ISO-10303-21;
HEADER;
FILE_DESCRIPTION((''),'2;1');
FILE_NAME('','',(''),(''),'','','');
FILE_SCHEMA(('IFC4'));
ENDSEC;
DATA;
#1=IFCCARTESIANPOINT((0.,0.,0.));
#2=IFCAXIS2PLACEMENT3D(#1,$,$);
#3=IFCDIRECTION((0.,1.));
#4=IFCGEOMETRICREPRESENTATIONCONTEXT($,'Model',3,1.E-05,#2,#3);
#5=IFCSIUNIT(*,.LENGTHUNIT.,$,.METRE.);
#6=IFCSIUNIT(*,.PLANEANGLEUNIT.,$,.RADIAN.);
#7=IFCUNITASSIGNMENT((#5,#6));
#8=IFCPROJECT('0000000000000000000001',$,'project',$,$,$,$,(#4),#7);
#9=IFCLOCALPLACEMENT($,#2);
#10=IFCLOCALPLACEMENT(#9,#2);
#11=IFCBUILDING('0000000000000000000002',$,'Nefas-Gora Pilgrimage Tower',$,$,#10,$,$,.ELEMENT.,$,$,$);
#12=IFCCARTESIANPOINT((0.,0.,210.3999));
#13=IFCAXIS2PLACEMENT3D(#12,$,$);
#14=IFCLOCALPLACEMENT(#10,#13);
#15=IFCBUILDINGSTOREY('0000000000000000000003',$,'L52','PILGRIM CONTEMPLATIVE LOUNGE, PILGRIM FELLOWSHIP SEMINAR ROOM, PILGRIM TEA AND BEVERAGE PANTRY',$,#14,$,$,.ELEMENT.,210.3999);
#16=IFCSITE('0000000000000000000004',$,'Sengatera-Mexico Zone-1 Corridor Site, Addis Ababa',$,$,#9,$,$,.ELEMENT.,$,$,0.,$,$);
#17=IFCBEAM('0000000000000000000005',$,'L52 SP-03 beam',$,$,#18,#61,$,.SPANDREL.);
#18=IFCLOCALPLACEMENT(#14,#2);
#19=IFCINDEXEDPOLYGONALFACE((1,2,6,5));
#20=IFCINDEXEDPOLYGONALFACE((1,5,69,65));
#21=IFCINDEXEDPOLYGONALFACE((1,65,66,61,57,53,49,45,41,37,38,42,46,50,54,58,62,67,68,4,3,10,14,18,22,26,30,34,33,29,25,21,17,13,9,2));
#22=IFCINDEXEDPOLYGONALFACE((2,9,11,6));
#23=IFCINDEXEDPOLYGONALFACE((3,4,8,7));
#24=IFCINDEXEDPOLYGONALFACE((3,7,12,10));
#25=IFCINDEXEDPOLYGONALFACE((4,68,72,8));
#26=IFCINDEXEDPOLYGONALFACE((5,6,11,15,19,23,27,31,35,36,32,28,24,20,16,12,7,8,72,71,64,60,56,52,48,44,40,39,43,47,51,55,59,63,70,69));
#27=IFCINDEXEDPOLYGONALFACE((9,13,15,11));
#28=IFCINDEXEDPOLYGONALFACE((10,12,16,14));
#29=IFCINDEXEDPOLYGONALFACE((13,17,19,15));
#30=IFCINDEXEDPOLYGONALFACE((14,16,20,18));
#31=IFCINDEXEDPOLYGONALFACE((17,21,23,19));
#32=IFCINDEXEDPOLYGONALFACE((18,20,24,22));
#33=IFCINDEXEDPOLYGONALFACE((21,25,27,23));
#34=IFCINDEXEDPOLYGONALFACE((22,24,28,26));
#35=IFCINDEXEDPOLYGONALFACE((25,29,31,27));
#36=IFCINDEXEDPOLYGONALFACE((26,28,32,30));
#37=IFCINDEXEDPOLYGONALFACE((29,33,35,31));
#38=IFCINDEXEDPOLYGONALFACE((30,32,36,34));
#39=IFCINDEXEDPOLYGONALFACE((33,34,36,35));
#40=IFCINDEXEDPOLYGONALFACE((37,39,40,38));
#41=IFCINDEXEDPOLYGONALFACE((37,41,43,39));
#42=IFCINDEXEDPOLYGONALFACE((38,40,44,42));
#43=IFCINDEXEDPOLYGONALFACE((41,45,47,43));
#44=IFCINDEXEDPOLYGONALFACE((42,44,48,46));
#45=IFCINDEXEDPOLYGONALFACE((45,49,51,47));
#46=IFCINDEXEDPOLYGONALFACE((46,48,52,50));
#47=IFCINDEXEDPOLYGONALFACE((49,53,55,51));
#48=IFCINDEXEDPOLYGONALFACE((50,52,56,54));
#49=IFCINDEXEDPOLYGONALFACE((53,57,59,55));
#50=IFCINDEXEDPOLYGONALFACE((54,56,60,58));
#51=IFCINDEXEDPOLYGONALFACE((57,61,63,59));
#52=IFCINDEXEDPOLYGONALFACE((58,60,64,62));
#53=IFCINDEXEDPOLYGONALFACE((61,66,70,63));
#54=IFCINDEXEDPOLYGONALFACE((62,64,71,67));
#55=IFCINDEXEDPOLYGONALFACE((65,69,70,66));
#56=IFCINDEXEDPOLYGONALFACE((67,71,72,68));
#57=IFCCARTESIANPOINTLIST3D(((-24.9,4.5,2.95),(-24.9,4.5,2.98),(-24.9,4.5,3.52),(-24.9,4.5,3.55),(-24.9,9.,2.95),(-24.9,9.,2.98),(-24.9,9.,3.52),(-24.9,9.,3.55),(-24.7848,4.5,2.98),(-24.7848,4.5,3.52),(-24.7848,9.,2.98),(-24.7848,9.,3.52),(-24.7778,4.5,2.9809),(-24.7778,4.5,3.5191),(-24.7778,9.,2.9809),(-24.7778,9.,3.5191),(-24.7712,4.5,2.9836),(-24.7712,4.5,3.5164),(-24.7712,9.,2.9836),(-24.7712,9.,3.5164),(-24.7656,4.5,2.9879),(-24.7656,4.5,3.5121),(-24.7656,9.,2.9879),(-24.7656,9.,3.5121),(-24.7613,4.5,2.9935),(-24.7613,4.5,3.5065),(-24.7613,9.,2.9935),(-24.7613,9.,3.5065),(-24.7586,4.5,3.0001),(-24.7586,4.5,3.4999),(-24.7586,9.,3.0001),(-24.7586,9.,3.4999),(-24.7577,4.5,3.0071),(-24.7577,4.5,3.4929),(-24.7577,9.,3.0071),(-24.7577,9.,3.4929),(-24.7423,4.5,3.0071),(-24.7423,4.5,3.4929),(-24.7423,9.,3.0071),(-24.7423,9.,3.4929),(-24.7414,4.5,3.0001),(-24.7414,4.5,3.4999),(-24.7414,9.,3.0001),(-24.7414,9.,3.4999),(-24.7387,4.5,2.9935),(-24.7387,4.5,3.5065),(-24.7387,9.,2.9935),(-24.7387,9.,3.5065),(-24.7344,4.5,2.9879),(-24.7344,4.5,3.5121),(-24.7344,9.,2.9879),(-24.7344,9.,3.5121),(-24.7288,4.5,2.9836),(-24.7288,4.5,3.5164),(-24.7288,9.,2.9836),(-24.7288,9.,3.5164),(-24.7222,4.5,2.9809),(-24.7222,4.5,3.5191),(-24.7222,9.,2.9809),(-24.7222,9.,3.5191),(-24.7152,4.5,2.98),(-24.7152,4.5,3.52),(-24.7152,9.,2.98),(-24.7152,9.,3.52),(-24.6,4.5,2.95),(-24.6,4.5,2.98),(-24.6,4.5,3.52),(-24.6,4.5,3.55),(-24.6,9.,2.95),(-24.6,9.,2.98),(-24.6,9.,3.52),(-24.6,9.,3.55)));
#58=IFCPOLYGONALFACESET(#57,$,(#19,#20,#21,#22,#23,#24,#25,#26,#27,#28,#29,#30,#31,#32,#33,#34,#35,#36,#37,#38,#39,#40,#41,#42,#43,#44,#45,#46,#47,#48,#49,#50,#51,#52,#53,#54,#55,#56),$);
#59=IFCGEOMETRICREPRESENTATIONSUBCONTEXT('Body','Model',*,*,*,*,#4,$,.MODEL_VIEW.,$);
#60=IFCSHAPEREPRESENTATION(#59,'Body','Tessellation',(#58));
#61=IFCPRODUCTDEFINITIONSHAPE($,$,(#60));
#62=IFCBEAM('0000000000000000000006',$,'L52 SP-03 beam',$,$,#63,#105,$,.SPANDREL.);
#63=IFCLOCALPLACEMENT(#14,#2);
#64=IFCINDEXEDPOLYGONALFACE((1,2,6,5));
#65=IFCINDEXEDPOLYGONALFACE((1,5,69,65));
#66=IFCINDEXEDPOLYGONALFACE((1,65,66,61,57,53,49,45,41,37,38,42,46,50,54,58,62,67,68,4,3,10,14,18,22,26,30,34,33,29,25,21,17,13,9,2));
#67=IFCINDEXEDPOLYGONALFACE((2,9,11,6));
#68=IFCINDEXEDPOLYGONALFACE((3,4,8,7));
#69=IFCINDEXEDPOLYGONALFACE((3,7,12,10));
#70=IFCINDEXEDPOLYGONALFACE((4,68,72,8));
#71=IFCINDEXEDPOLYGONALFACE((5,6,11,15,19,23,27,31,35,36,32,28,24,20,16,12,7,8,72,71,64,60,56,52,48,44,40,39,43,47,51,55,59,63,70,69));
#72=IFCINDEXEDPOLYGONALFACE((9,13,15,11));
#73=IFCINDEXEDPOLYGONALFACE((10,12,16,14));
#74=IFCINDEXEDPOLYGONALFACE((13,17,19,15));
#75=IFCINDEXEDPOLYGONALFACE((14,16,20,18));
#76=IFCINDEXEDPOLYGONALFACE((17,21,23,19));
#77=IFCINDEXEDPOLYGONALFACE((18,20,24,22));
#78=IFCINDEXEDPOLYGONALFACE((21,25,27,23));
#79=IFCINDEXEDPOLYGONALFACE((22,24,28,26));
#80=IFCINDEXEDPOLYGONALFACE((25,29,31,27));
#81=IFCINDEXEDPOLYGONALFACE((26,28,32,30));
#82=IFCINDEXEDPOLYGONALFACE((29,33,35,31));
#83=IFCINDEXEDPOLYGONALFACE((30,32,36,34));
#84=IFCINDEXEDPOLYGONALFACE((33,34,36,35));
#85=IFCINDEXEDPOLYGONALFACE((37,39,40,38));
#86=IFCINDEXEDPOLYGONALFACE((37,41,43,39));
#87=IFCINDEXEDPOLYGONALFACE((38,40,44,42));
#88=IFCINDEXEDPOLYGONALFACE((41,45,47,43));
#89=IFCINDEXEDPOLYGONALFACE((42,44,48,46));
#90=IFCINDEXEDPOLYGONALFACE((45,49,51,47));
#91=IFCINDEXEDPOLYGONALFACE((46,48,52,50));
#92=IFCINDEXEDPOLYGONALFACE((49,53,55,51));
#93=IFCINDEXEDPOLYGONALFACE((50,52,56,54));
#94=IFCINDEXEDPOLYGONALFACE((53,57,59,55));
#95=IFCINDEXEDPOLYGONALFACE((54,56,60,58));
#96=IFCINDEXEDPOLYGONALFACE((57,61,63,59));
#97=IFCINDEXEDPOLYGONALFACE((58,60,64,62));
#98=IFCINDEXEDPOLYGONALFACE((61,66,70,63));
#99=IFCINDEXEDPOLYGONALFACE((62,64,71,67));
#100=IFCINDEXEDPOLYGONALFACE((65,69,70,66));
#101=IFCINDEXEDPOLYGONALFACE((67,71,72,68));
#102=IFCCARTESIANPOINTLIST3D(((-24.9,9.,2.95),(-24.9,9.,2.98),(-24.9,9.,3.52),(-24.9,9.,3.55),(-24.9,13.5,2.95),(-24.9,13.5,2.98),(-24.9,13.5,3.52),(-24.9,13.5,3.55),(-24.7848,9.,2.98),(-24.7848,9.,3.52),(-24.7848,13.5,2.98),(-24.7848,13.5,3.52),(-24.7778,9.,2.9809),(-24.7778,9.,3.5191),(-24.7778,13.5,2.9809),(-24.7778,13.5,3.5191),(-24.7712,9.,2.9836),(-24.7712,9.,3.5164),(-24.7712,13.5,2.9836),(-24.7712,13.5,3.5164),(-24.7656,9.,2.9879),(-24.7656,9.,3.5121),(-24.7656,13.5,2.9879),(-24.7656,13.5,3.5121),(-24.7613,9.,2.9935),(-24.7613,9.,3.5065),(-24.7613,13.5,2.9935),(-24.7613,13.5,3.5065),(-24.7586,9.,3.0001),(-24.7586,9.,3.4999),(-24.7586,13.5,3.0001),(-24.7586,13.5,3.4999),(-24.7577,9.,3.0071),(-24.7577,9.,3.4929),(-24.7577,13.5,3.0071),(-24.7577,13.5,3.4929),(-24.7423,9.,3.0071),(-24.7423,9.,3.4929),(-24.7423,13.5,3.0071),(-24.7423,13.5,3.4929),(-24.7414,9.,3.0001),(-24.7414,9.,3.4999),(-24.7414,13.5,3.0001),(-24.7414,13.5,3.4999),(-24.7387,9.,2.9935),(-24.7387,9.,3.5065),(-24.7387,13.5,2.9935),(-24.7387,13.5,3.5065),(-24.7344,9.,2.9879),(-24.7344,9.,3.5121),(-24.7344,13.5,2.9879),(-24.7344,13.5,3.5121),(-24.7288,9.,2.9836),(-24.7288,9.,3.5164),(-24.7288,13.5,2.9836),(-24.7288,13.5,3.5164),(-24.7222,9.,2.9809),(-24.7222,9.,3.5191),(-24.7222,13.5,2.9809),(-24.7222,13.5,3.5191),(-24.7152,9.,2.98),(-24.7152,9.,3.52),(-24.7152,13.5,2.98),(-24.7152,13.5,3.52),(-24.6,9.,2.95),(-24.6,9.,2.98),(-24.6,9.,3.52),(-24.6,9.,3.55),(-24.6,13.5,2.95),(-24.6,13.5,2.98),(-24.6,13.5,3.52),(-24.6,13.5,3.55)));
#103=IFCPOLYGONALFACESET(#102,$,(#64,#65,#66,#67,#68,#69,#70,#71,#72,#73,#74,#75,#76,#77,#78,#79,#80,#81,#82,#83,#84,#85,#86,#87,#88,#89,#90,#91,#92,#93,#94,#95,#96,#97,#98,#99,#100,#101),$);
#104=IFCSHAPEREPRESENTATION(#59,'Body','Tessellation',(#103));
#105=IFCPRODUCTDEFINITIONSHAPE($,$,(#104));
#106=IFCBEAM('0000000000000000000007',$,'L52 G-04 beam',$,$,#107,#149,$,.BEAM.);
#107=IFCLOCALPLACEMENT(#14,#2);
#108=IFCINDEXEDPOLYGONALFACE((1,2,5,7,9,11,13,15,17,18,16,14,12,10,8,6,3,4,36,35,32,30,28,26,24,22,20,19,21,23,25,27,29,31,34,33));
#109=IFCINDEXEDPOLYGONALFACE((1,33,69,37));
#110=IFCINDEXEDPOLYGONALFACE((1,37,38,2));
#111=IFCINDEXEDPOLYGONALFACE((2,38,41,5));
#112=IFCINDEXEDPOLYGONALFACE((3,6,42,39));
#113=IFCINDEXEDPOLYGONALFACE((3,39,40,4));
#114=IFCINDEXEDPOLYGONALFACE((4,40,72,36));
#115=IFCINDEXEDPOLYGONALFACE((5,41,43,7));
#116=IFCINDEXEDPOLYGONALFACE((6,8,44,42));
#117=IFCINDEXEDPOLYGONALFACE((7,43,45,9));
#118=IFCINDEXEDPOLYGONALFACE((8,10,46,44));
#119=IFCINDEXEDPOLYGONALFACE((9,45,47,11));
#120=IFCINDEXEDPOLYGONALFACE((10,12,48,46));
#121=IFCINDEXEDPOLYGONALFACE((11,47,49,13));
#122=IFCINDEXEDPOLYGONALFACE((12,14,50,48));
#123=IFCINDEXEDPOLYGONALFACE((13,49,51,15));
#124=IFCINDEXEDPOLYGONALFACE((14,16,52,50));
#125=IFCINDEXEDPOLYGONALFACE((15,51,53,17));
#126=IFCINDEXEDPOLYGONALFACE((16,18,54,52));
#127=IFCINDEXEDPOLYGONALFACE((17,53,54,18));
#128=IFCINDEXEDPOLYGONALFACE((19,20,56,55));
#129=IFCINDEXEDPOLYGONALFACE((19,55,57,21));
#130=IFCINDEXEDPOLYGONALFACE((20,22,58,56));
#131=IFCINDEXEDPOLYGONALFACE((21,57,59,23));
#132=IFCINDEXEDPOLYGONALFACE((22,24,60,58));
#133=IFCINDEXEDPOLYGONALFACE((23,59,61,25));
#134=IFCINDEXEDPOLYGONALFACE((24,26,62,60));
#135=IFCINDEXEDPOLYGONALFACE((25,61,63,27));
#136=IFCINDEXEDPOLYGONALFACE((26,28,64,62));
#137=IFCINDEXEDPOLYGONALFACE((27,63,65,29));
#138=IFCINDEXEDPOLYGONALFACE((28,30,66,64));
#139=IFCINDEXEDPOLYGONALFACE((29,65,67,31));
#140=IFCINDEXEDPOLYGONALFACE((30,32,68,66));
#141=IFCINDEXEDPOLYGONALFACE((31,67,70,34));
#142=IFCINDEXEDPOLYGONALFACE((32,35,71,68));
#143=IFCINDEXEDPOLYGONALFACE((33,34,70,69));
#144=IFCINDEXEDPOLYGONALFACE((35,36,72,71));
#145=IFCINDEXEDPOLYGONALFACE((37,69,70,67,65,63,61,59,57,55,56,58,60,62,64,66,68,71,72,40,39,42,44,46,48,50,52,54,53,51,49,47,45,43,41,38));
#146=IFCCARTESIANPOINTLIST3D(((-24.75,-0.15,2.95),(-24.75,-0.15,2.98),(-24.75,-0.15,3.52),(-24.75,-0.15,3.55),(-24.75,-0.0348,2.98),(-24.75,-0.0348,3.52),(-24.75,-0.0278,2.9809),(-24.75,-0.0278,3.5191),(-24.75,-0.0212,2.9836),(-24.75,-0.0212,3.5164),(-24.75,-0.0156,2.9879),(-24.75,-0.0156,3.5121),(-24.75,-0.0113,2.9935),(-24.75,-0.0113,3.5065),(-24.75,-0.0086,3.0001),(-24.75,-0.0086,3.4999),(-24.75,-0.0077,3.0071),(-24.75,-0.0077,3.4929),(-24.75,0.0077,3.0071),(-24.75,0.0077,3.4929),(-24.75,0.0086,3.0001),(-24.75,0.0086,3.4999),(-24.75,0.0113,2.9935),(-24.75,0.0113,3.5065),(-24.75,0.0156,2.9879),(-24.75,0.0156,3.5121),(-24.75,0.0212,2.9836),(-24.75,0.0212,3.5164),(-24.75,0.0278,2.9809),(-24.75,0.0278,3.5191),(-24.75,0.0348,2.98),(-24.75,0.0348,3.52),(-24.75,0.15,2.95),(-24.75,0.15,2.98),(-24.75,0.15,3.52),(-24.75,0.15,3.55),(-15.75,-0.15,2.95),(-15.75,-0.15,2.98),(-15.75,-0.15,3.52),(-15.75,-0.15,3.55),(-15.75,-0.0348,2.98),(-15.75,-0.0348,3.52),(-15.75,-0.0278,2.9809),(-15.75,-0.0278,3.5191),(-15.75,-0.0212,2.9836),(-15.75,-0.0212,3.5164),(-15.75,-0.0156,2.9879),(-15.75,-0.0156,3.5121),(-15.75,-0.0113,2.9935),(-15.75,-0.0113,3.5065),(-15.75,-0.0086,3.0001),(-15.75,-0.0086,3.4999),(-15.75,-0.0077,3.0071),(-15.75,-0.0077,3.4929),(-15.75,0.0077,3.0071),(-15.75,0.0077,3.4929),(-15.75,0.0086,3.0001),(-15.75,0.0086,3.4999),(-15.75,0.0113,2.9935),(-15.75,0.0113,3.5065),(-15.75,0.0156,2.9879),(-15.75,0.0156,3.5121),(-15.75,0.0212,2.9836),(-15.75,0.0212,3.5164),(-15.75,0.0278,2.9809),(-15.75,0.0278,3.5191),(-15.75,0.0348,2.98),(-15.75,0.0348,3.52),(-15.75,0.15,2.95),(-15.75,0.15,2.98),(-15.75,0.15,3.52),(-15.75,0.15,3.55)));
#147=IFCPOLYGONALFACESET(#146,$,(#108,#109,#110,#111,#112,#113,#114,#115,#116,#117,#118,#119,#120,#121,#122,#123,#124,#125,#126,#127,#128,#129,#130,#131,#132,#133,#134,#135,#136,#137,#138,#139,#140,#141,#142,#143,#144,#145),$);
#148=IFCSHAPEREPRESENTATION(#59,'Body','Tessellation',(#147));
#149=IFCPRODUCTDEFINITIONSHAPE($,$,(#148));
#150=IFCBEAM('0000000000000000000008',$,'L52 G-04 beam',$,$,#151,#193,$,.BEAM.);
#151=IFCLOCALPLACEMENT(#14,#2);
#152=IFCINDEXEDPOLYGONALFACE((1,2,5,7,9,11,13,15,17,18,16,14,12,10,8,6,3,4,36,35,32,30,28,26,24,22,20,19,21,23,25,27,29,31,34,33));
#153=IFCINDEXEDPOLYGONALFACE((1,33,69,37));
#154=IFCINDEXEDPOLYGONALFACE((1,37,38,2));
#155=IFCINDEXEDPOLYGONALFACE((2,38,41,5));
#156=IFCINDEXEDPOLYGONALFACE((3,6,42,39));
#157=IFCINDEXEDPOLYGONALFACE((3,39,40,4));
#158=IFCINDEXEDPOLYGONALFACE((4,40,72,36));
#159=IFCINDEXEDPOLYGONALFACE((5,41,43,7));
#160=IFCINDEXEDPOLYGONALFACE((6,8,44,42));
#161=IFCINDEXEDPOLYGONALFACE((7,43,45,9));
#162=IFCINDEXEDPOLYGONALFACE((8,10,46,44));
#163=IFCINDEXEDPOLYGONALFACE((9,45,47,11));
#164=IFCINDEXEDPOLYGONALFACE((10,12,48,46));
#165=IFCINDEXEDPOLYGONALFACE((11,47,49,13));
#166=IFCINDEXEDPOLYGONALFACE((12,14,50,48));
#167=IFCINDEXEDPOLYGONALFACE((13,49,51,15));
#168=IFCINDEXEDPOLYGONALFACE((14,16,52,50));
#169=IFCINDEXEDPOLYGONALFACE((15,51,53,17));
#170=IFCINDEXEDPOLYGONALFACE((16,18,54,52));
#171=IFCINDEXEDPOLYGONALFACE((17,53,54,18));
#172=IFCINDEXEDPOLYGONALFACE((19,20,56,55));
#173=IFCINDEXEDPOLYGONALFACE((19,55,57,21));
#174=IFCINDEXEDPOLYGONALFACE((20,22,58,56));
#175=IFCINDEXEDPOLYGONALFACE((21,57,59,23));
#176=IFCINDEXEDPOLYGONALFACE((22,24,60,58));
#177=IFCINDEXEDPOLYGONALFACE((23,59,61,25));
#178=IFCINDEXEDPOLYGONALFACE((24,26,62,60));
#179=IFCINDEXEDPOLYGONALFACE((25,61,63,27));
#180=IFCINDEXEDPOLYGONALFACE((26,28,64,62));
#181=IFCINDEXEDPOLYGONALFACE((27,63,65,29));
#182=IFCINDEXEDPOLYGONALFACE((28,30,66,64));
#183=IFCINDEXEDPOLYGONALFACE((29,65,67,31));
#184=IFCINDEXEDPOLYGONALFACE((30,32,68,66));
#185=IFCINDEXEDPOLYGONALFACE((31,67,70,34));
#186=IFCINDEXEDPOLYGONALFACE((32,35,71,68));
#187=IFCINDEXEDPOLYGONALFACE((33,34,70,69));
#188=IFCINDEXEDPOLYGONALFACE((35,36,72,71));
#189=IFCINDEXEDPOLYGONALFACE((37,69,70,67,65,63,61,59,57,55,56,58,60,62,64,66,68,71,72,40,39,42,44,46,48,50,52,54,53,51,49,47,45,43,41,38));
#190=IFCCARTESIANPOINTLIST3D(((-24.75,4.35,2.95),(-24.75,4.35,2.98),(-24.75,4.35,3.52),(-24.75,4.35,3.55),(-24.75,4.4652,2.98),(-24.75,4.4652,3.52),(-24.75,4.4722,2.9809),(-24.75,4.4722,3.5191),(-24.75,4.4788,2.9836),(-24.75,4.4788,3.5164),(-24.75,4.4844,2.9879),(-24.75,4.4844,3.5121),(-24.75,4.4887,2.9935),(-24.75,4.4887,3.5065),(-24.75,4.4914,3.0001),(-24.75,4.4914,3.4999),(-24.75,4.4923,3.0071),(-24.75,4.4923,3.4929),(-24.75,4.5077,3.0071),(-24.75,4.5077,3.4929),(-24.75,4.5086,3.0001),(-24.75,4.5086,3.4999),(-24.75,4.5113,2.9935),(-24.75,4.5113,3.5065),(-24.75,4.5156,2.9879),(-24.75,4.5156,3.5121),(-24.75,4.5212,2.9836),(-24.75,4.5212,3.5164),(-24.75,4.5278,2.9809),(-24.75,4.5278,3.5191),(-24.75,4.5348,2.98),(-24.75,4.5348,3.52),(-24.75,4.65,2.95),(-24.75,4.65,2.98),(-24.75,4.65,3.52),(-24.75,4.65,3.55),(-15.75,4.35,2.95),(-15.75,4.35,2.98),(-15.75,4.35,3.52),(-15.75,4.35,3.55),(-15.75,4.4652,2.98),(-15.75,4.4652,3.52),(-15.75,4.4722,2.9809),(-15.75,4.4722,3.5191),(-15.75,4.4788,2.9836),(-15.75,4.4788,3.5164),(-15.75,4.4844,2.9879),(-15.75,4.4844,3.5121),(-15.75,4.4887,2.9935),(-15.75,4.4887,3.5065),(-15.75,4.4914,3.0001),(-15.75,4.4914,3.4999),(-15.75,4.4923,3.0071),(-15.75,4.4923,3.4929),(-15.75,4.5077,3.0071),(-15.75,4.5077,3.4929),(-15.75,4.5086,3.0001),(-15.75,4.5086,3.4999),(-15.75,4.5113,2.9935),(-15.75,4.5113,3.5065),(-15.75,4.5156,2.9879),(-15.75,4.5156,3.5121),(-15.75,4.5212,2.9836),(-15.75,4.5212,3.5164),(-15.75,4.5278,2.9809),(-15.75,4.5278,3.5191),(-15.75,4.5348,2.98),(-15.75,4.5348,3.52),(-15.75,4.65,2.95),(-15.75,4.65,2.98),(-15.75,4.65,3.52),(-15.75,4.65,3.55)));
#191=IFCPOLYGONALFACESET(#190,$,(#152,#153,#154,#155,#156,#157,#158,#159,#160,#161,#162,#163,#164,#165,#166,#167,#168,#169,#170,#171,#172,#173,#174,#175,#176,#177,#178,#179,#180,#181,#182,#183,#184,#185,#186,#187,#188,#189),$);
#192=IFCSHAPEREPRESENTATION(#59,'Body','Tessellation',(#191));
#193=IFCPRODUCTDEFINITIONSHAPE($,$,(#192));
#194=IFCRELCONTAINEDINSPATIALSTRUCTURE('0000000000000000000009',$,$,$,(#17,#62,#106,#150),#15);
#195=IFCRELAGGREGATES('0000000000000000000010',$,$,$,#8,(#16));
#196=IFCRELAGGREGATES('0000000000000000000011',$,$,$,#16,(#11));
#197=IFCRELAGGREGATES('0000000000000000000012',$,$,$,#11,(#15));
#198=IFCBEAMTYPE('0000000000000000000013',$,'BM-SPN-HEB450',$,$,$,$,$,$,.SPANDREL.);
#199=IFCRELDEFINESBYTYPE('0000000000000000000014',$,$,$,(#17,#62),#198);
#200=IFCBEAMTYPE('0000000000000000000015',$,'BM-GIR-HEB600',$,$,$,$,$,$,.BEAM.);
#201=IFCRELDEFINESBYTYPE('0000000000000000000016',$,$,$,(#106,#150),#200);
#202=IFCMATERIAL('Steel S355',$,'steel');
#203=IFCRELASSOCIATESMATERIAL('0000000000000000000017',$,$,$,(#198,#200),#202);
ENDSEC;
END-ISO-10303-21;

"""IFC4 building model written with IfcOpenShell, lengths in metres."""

from ifc_helpers import new_model, si_unit, direction, frame, origin, origin_2d, place, context, subcontext, project, spatial, i_section, extrude, source, transform, mapped, material, material_profile, profile_set, type_object, element, save


model = new_model("IFC4")

# Units and contexts
model_context = context("Model", 3, precision=1e-05, world=origin(), true_north=direction((0.0, 1.0)))
body_context = subcontext(model_context, "Body", "Model", "MODEL_VIEW")
ifc_project = project(units=[si_unit("LENGTHUNIT", "METRE"), si_unit("PLANEANGLEUNIT", "RADIAN")], contexts=[model_context])

# Site, building, storey
site_placement = place(None, origin())
site = spatial("IfcSite", under=ifc_project, at=site_placement, Name="Sengatera-Mexico Zone-1 Corridor Site, Addis Ababa", CompositionType="ELEMENT", RefElevation=0.0)
building_placement = place(site_placement, origin())
building = spatial("IfcBuilding", under=site, at=building_placement, Name="Nefas-Gora Pilgrimage Tower", CompositionType="ELEMENT")
storey_placement = place(building_placement, frame((0.0, 0.0, 210.3999)))
storey = spatial("IfcBuildingStorey", under=building, at=storey_placement, Name="L52", Description="PILGRIM CONTEMPLATIVE LOUNGE, PILGRIM FELLOWSHIP SEMINAR ROOM, PILGRIM TEA AND BEVERAGE PANTRY", CompositionType="ELEMENT", Elevation=210.3999)

# Beams
ifc_material_1 = material(Name="Steel S355", Category="steel")
ifc_material_profile_1 = material_profile(ifc_material_1, i_section(OverallWidth=0.3, OverallDepth=0.6001, WebThickness=0.0154, FlangeThickness=0.03, FilletRadius=0.0271, at=origin_2d()), Name="HEB 600")
ifc_profile_set_1 = profile_set([ifc_material_profile_1], Name="Steel S355")
beam_type_1 = type_object("IfcBeamType", Name="BM-SPN-HEB450", PredefinedType="SPANDREL", material=ifc_profile_set_1)
shared_shape_1 = source(origin(), body_context, "Body", "SweptSolid", [
    extrude(i_section(OverallWidth=0.3, OverallDepth=0.6001, WebThickness=0.0154, FlangeThickness=0.03, FilletRadius=0.0271, at=origin_2d()), origin(), (0.0, 0.0, 1.0), 4.5),
])
for number, where, z_axis, x_axis, name in (
    (1, (-24.75, 4.5, 3.25), (0.0, 1.0, 0.0), (-1.0, 0.0, 0.0), "L52 SP-03 beam"),
    (2, (-24.75, 9.0, 3.25), (0.0, 1.0, 0.0), (-1.0, 0.0, 0.0), "L52 SP-03 beam"),
):
    element("IfcBeam", number, at=place(storey_placement, frame(where, z_axis=z_axis, x_axis=x_axis)), inside=storey, type_object=beam_type_1, Name=name, PredefinedType="SPANDREL", context=body_context, shape_type="MappedRepresentation", body=[
        mapped(shared_shape_1, transform((0.0, 0.0, 0.0), x_axis=(1.0, 0.0, 0.0), y_axis=(0.0, 1.0, 0.0), z_axis=(0.0, 0.0, 1.0), scale=1.0)),
    ])
ifc_material_profile_2 = material_profile(ifc_material_1, i_section(OverallWidth=0.3, OverallDepth=0.6001, WebThickness=0.0154, FlangeThickness=0.03, FilletRadius=0.0271, at=origin_2d()), Name="HEB 600")
ifc_profile_set_2 = profile_set([ifc_material_profile_2], Name="Steel S355")
beam_type_2 = type_object("IfcBeamType", Name="BM-GIR-HEB600", PredefinedType="BEAM", material=ifc_profile_set_2)
shared_shape_2 = source(origin(), body_context, "Body", "SweptSolid", [
    extrude(i_section(OverallWidth=0.3, OverallDepth=0.6001, WebThickness=0.0154, FlangeThickness=0.03, FilletRadius=0.0271, at=origin_2d()), origin(), (0.0, 0.0, 1.0), 9.0),
])
for number, where, z_axis, x_axis, name in (
    (3, (-24.75, 0.0, 3.25), (1.0, 0.0, 0.0), (0.0, 1.0, 0.0), "L52 G-04 beam"),
    (4, (-24.75, 4.5, 3.25), (1.0, 0.0, 0.0), (0.0, 1.0, 0.0), "L52 G-04 beam"),
):
    element("IfcBeam", number, at=place(storey_placement, frame(where, z_axis=z_axis, x_axis=x_axis)), inside=storey, type_object=beam_type_2, Name=name, PredefinedType="BEAM", context=body_context, shape_type="MappedRepresentation", body=[
        mapped(shared_shape_2, transform((0.0, 0.0, 0.0), x_axis=(1.0, 0.0, 0.0), y_axis=(0.0, 1.0, 0.0), z_axis=(0.0, 0.0, 1.0), scale=1.0)),
    ])

save(model, "model.ifc")
